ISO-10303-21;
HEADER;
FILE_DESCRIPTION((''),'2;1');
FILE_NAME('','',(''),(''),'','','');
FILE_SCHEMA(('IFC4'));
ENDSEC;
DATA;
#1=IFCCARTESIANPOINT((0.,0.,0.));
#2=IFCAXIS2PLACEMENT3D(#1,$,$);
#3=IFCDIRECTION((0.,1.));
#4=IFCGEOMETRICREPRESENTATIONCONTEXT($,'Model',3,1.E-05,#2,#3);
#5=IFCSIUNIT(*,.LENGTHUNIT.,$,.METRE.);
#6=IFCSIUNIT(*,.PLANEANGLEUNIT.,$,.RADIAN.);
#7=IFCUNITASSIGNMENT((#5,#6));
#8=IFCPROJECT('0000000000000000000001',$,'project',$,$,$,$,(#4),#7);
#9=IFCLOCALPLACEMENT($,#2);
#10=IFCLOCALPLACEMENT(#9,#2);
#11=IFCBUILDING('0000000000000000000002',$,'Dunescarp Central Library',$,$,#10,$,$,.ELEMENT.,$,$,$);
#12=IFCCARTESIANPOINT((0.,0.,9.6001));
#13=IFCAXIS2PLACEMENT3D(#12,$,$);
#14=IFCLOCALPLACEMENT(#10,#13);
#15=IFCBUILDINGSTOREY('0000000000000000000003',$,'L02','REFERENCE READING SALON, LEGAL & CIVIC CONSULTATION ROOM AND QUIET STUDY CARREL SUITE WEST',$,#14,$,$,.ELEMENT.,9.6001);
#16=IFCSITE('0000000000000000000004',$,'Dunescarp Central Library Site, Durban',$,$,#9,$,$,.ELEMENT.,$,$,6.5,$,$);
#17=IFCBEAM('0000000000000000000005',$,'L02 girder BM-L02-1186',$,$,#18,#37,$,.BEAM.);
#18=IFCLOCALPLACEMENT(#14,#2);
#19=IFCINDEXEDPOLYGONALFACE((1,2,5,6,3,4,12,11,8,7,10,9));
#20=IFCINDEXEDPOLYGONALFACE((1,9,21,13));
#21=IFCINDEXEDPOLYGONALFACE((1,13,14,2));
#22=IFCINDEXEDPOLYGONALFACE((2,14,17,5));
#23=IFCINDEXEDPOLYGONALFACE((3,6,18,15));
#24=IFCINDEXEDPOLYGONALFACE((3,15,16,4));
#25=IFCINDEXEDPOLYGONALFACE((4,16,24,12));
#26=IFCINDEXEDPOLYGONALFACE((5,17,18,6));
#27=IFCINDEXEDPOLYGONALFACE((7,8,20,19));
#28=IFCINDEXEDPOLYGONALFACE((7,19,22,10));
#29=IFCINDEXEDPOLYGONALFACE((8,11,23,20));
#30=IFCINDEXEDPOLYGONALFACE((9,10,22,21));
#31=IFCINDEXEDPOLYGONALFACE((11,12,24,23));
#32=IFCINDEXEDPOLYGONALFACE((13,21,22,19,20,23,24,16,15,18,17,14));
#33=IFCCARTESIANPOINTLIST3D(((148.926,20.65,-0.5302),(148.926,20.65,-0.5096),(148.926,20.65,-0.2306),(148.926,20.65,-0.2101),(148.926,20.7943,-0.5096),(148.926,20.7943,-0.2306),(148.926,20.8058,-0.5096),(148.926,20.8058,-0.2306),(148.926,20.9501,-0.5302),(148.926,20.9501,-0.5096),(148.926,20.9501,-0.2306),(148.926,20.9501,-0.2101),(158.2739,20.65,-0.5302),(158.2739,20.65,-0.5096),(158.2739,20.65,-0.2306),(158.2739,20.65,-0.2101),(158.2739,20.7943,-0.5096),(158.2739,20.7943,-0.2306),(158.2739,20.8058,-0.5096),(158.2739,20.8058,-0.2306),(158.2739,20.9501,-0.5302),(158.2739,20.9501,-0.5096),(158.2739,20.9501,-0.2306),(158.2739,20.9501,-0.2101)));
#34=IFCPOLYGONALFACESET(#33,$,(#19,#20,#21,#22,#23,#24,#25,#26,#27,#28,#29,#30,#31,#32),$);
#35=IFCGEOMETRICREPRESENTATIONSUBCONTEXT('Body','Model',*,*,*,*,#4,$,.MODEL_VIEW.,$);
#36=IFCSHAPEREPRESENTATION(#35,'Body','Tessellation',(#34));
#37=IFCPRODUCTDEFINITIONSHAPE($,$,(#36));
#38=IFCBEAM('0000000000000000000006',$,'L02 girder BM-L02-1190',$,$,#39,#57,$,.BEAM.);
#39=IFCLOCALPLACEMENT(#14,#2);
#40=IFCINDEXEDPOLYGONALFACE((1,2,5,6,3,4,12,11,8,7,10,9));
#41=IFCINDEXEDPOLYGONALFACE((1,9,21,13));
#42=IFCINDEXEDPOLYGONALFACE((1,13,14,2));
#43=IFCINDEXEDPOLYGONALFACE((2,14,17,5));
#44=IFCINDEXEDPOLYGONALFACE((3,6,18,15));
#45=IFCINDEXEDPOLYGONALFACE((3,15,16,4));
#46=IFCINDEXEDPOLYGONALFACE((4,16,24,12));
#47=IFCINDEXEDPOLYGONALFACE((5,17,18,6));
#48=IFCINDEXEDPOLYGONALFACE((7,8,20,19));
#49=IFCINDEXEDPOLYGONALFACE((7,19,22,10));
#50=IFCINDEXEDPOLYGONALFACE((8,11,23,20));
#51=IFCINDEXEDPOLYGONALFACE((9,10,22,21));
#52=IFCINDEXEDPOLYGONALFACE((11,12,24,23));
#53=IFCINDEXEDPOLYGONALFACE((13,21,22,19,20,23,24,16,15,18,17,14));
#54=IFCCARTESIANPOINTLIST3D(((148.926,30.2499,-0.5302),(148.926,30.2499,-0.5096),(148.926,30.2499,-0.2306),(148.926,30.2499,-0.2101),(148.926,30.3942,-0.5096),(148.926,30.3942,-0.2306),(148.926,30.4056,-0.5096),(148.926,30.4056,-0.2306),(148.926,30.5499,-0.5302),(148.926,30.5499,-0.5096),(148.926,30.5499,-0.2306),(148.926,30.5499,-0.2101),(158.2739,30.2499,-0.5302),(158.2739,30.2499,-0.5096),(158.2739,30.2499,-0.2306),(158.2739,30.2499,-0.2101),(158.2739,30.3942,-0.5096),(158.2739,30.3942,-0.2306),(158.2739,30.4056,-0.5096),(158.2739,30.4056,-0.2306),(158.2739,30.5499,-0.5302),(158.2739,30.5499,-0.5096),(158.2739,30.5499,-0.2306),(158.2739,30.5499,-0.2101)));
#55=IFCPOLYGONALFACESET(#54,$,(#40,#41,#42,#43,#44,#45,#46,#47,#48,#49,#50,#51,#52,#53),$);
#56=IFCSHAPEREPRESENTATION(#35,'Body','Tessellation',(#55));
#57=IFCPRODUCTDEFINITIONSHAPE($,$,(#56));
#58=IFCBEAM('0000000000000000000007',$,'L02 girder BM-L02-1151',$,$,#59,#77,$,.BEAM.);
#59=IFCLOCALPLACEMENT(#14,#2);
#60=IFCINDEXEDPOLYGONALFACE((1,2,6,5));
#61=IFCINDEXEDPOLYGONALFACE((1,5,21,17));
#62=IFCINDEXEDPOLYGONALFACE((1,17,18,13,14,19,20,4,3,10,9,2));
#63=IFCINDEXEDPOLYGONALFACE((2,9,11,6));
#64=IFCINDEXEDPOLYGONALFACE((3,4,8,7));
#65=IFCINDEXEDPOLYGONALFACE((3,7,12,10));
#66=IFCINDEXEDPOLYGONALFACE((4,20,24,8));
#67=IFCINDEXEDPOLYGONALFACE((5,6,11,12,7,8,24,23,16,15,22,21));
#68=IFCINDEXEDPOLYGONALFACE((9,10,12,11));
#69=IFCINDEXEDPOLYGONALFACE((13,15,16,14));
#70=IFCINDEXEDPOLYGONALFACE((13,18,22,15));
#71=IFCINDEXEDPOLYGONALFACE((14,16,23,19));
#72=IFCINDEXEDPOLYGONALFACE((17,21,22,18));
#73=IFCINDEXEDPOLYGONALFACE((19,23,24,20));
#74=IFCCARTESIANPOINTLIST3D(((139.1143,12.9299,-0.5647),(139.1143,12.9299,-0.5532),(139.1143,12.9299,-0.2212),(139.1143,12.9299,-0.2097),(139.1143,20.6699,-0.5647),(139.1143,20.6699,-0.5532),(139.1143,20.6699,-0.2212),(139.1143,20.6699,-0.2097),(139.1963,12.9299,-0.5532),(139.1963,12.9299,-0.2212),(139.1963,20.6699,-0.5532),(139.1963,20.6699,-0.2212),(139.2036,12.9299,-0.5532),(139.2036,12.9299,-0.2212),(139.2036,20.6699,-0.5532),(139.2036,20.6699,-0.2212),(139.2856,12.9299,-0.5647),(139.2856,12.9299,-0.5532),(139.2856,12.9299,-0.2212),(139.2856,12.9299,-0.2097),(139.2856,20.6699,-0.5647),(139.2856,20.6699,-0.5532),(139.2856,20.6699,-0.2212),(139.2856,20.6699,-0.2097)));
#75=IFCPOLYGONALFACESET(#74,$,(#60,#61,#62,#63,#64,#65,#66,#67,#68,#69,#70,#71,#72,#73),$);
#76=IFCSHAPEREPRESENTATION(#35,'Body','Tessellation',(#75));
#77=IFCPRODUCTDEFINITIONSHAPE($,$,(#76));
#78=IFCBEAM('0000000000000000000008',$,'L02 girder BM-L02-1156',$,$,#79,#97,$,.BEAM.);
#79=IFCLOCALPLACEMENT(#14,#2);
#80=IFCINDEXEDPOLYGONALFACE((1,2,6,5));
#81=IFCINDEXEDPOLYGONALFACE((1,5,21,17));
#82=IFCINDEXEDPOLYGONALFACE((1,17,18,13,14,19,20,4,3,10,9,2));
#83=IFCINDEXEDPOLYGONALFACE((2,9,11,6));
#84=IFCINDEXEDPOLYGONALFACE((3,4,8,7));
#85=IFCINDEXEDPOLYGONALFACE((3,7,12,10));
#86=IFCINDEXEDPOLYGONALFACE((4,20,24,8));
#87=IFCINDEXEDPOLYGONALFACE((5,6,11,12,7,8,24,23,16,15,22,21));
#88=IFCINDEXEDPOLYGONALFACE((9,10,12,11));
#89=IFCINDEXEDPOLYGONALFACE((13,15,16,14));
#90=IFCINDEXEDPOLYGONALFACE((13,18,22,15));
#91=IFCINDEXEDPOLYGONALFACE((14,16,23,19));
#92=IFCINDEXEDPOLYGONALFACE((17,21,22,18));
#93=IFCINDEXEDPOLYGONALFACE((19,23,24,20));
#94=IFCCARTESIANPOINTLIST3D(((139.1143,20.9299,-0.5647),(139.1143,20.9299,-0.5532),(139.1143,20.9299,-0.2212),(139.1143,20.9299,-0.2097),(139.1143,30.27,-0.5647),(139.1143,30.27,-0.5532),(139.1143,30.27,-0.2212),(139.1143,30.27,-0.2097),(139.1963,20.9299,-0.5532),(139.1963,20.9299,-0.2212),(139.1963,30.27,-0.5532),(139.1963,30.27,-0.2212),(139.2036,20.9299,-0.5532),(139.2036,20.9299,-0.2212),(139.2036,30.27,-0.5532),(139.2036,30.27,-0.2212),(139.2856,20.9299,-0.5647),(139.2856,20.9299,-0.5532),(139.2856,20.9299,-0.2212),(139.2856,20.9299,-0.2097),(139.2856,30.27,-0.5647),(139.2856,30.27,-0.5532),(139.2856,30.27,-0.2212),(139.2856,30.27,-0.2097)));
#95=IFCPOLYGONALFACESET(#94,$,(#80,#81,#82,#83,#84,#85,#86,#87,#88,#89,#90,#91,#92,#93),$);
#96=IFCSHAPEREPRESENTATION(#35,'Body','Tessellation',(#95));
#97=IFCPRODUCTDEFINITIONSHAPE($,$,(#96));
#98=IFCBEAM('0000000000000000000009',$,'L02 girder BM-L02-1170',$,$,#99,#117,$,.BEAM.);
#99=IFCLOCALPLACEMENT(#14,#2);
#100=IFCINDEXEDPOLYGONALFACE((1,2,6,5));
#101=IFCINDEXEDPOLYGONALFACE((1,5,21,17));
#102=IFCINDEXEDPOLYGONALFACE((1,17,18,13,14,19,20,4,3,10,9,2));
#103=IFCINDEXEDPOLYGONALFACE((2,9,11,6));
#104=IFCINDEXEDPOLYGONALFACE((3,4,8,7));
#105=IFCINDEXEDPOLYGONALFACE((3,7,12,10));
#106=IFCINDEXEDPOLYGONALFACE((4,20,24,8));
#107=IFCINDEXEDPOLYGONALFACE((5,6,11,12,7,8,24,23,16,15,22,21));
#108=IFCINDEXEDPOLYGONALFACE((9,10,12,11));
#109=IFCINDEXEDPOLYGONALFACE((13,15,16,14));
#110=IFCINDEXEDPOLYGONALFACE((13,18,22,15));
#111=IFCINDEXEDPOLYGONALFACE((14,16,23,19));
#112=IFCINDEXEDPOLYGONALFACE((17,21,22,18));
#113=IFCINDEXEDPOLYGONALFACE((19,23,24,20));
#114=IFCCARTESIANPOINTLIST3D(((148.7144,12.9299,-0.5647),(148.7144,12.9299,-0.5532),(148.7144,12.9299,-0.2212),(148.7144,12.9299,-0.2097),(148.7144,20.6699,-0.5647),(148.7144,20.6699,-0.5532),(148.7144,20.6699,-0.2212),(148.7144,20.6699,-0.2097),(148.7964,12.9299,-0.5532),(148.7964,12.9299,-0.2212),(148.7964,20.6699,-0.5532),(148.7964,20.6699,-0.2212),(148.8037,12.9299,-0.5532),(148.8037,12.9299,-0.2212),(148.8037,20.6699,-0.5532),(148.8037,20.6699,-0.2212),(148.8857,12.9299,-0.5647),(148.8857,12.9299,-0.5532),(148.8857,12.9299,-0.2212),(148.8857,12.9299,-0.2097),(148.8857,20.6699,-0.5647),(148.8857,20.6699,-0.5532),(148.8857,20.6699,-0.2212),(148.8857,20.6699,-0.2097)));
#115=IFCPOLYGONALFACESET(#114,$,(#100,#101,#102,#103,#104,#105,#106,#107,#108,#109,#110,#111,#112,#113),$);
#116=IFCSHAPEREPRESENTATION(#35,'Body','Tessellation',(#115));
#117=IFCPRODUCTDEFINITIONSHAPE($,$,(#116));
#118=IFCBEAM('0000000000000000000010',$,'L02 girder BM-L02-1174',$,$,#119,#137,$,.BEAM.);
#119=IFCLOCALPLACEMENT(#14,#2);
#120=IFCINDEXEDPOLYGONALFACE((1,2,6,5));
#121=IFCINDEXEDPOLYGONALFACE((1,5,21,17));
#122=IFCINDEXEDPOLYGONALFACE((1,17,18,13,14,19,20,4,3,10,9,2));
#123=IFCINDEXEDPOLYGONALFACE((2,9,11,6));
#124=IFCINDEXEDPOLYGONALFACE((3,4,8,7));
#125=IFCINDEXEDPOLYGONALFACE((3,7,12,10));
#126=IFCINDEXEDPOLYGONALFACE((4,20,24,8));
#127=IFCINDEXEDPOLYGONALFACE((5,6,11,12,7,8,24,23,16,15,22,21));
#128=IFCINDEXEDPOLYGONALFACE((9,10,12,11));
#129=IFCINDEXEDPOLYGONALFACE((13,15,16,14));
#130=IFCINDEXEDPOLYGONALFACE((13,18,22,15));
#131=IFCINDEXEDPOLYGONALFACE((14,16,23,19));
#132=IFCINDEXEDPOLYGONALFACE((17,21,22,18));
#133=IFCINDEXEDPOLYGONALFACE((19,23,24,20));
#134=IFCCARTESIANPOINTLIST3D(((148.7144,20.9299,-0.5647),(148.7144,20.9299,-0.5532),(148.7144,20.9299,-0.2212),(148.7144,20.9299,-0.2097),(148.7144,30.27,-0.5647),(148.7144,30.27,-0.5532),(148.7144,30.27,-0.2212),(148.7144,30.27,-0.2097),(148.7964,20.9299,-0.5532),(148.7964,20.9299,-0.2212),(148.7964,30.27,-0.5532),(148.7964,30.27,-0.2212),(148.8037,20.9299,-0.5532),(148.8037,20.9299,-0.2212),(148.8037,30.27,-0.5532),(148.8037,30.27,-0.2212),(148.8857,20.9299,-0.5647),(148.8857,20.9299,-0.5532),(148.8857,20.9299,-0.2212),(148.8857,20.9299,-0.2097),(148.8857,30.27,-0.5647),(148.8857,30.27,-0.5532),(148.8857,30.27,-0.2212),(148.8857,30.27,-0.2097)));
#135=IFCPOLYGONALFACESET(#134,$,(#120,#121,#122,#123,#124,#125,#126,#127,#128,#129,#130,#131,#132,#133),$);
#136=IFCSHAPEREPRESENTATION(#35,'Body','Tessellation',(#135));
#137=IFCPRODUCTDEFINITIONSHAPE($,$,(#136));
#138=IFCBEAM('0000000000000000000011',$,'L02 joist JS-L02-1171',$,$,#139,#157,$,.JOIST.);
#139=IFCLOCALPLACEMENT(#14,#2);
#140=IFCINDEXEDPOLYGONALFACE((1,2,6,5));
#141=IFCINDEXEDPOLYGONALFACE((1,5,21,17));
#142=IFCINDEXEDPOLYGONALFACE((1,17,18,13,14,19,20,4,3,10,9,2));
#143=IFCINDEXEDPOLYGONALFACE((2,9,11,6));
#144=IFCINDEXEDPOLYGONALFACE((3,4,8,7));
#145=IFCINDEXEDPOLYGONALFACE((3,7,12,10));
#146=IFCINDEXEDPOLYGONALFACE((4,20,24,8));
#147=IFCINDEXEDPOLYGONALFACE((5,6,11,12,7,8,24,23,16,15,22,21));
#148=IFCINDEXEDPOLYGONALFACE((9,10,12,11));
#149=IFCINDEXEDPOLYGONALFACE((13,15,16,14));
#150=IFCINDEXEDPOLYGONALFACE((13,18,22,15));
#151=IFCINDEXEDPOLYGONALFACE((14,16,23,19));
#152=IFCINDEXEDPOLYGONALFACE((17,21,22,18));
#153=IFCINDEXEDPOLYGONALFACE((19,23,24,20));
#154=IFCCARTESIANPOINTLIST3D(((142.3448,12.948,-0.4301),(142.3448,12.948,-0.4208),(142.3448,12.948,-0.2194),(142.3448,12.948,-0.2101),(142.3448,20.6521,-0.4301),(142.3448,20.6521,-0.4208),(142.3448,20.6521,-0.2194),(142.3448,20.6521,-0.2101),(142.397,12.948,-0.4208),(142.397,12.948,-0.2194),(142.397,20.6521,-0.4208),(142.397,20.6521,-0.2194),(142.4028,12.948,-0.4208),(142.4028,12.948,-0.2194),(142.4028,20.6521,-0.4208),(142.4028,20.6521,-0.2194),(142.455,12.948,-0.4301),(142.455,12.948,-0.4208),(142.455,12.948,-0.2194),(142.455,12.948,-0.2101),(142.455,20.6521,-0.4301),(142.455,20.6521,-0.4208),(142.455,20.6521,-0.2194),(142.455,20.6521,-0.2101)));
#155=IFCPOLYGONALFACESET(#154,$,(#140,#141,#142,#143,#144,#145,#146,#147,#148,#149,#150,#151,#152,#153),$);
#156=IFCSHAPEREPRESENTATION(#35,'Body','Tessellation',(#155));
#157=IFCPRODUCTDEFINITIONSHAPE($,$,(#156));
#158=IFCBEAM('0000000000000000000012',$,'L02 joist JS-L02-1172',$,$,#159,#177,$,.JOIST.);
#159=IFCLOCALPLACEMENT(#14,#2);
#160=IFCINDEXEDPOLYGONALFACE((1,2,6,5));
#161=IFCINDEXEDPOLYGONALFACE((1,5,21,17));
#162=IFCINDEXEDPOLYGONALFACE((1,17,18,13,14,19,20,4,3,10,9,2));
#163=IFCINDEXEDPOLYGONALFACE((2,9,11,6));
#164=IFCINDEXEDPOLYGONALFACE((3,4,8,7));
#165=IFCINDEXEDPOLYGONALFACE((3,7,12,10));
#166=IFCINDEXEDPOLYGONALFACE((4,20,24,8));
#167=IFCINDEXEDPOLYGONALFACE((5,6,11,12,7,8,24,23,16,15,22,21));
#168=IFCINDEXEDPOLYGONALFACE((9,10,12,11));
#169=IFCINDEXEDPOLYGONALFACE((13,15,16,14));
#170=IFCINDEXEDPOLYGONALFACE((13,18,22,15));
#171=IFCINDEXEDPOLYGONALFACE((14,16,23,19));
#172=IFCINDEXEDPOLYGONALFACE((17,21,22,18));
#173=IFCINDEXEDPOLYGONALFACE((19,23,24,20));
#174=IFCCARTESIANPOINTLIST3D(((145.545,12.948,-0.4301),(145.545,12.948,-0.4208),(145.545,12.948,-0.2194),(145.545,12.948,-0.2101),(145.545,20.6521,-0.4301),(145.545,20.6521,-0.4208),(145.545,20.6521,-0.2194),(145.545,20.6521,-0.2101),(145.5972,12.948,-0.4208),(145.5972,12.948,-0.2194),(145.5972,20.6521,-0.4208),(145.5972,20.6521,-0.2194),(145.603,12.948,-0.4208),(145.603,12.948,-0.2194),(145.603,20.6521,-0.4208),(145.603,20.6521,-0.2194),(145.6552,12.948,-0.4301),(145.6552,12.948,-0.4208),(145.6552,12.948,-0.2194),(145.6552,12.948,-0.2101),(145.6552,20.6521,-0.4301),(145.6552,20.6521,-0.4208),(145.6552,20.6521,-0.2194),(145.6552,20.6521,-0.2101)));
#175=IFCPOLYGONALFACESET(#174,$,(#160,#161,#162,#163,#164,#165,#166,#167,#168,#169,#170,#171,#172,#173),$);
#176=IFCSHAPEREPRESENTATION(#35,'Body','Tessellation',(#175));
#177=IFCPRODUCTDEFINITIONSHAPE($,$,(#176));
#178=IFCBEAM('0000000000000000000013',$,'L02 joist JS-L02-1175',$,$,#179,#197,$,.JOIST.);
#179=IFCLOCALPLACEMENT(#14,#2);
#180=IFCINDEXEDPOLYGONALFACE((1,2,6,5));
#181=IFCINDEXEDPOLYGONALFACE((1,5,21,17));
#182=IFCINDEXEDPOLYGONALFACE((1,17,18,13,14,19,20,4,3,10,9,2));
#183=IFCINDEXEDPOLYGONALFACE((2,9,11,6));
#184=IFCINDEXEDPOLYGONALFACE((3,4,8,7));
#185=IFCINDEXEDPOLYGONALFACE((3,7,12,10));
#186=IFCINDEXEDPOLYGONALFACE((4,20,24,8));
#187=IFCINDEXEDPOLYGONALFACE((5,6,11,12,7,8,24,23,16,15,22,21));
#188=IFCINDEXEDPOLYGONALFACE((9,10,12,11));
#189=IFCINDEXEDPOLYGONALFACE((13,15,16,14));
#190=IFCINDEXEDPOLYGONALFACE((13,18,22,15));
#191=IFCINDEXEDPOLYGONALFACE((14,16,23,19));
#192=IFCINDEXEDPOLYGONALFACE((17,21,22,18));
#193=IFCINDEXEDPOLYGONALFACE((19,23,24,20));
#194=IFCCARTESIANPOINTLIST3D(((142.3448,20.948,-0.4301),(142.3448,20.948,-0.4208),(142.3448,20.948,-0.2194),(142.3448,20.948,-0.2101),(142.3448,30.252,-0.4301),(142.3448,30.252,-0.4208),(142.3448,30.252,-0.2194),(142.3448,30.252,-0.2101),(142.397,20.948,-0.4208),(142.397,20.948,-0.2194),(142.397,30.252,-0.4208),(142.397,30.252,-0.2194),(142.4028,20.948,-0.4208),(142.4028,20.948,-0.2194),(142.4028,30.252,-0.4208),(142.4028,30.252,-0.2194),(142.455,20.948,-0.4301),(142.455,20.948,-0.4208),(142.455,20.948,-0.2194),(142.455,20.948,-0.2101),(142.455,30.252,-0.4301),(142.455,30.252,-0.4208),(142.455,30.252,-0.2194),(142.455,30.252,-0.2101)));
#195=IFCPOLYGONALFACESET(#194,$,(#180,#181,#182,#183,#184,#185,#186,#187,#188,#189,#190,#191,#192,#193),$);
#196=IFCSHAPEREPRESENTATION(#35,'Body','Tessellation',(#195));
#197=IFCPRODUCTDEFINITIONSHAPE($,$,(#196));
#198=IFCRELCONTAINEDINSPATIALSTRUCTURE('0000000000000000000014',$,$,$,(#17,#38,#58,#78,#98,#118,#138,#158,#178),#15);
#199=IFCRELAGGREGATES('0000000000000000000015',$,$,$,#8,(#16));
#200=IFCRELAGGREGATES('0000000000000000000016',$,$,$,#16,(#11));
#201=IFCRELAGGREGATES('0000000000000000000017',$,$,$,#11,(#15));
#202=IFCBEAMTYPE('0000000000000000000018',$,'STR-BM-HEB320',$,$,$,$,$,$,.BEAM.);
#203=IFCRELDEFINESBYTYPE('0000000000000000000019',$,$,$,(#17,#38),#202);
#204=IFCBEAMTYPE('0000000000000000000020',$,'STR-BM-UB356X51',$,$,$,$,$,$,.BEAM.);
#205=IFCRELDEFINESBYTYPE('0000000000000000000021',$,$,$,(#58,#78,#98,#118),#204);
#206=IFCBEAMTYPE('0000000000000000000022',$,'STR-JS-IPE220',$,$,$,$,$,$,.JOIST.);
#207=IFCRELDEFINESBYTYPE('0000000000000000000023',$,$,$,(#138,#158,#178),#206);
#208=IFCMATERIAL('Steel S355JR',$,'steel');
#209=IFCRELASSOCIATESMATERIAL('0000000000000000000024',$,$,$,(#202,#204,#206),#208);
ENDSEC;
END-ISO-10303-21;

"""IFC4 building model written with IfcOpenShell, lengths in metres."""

from ifc_helpers import new_model, si_unit, direction, frame, origin, origin_2d, place, context, subcontext, project, spatial, i_section, extrude, material, material_profile, profile_set, type_object, element, save


model = new_model("IFC4")

# Units and contexts
model_context = context("Model", 3, precision=1e-05, world=origin(), true_north=direction((0.0, 1.0)))
body_context = subcontext(model_context, "Body", "Model", "MODEL_VIEW")
ifc_project = project(units=[si_unit("LENGTHUNIT", "METRE"), si_unit("PLANEANGLEUNIT", "RADIAN")], contexts=[model_context])

# Site, building, storey
site_placement = place(None, origin())
site = spatial("IfcSite", under=ifc_project, at=site_placement, Name="Dunescarp Central Library Site, Durban", CompositionType="ELEMENT", RefElevation=6.5)
building_placement = place(site_placement, origin())
building = spatial("IfcBuilding", under=site, at=building_placement, Name="Dunescarp Central Library", CompositionType="ELEMENT")
storey_placement = place(building_placement, frame((0.0, 0.0, 9.6001)))
storey = spatial("IfcBuildingStorey", under=building, at=storey_placement, Name="L02", Description="REFERENCE READING SALON, LEGAL & CIVIC CONSULTATION ROOM AND QUIET STUDY CARREL SUITE WEST", CompositionType="ELEMENT", Elevation=9.6001)

# Shared definitions
ifc_material_1 = material(Name="Steel S355JR", Category="steel")

# Beams
ifc_material_profile_1 = material_profile(ifc_material_1, i_section(OverallWidth=0.3, OverallDepth=0.3201, WebThickness=0.0115, FlangeThickness=0.0205, at=origin_2d()), Name="HEB 320")
ifc_profile_set_1 = profile_set([ifc_material_profile_1], Name="Steel S355JR")
beam_type_1 = type_object("IfcBeamType", Name="STR-BM-HEB320", PredefinedType="BEAM", material=ifc_profile_set_1)
for number, where, z_axis, x_axis, name in (
    (1, (148.926, 20.8, -0.3701), (1.0, 0.0, 0.0), (0.0, 1.0, 0.0), "L02 girder BM-L02-1186"),
    (2, (148.926, 30.3999, -0.3701), (1.0, 0.0, 0.0), (0.0, 1.0, 0.0), "L02 girder BM-L02-1190"),
):
    element("IfcBeam", number, at=place(storey_placement, frame(where, z_axis=z_axis, x_axis=x_axis)), inside=storey, type_object=beam_type_1, Name=name, PredefinedType="BEAM", context=body_context, shape_type="SweptSolid", body=[
        extrude(i_section(OverallWidth=0.3, OverallDepth=0.3201, WebThickness=0.0115, FlangeThickness=0.0205, at=origin_2d()), origin(), (0.0, 0.0, 1.0), 9.3479),
    ])
ifc_material_profile_2 = material_profile(ifc_material_1, i_section(OverallWidth=0.1714, OverallDepth=0.355, WebThickness=0.0073, FlangeThickness=0.0115, at=origin_2d()), Name="UB 356x171x51")
ifc_profile_set_2 = profile_set([ifc_material_profile_2], Name="Steel S355JR")
beam_type_2 = type_object("IfcBeamType", Name="STR-BM-UB356X51", PredefinedType="BEAM", material=ifc_profile_set_2)
beam_1_placement = place(storey_placement, frame((139.2, 12.9299, -0.3872), z_axis=(0.0, 1.0, 0.0), x_axis=(-1.0, 0.0, 0.0)))
element("IfcBeam", 3, at=beam_1_placement, inside=storey, type_object=beam_type_2, Name="L02 girder BM-L02-1151", PredefinedType="BEAM", context=body_context, shape_type="SweptSolid", body=[
    extrude(i_section(OverallWidth=0.1714, OverallDepth=0.355, WebThickness=0.0073, FlangeThickness=0.0115, at=origin_2d()), origin(), (0.0, 0.0, 1.0), 7.74),
])
beam_2_placement = place(storey_placement, frame((139.2, 20.9299, -0.3872), z_axis=(0.0, 1.0, 0.0), x_axis=(-1.0, 0.0, 0.0)))
element("IfcBeam", 4, at=beam_2_placement, inside=storey, type_object=beam_type_2, Name="L02 girder BM-L02-1156", PredefinedType="BEAM", context=body_context, shape_type="SweptSolid", body=[
    extrude(i_section(OverallWidth=0.1714, OverallDepth=0.355, WebThickness=0.0073, FlangeThickness=0.0115, at=origin_2d()), origin(), (0.0, 0.0, 1.0), 9.3401),
])
beam_3_placement = place(storey_placement, frame((148.8, 12.9299, -0.3872), z_axis=(0.0, 1.0, 0.0), x_axis=(-1.0, 0.0, 0.0)))
element("IfcBeam", 5, at=beam_3_placement, inside=storey, type_object=beam_type_2, Name="L02 girder BM-L02-1170", PredefinedType="BEAM", context=body_context, shape_type="SweptSolid", body=[
    extrude(i_section(OverallWidth=0.1714, OverallDepth=0.355, WebThickness=0.0073, FlangeThickness=0.0115, at=origin_2d()), origin(), (0.0, 0.0, 1.0), 7.74),
])
beam_4_placement = place(storey_placement, frame((148.8, 20.9299, -0.3872), z_axis=(0.0, 1.0, 0.0), x_axis=(-1.0, 0.0, 0.0)))
element("IfcBeam", 6, at=beam_4_placement, inside=storey, type_object=beam_type_2, Name="L02 girder BM-L02-1174", PredefinedType="BEAM", context=body_context, shape_type="SweptSolid", body=[
    extrude(i_section(OverallWidth=0.1714, OverallDepth=0.355, WebThickness=0.0073, FlangeThickness=0.0115, at=origin_2d()), origin(), (0.0, 0.0, 1.0), 9.3401),
])
ifc_material_profile_3 = material_profile(ifc_material_1, i_section(OverallWidth=0.1101, OverallDepth=0.22, WebThickness=0.0059, FlangeThickness=0.0093, at=origin_2d()), Name="IPE 220")
ifc_profile_set_3 = profile_set([ifc_material_profile_3], Name="Steel S355JR")
beam_type_3 = type_object("IfcBeamType", Name="STR-JS-IPE220", PredefinedType="JOIST", material=ifc_profile_set_3)
for number, where, z_axis, x_axis, name in (
    (7, (142.3999, 12.948, -0.3201), (0.0, 1.0, 0.0), (-1.0, 0.0, 0.0), "L02 joist JS-L02-1171"),
    (8, (145.6001, 12.948, -0.3201), (0.0, 1.0, 0.0), (-1.0, 0.0, 0.0), "L02 joist JS-L02-1172"),
):
    element("IfcBeam", number, at=place(storey_placement, frame(where, z_axis=z_axis, x_axis=x_axis)), inside=storey, type_object=beam_type_3, Name=name, PredefinedType="JOIST", context=body_context, shape_type="SweptSolid", body=[
        extrude(i_section(OverallWidth=0.1101, OverallDepth=0.22, WebThickness=0.0059, FlangeThickness=0.0093, at=origin_2d()), origin(), (0.0, 0.0, 1.0), 7.7041),
    ])
for number, where, z_axis, x_axis, name in (
    (9, (142.3999, 20.948, -0.3201), (0.0, 1.0, 0.0), (-1.0, 0.0, 0.0), "L02 joist JS-L02-1175"),
):
    element("IfcBeam", number, at=place(storey_placement, frame(where, z_axis=z_axis, x_axis=x_axis)), inside=storey, type_object=beam_type_3, Name=name, PredefinedType="JOIST", context=body_context, shape_type="SweptSolid", body=[
        extrude(i_section(OverallWidth=0.1101, OverallDepth=0.22, WebThickness=0.0059, FlangeThickness=0.0093, at=origin_2d()), origin(), (0.0, 0.0, 1.0), 9.304),
    ])

save(model, "model.ifc")
